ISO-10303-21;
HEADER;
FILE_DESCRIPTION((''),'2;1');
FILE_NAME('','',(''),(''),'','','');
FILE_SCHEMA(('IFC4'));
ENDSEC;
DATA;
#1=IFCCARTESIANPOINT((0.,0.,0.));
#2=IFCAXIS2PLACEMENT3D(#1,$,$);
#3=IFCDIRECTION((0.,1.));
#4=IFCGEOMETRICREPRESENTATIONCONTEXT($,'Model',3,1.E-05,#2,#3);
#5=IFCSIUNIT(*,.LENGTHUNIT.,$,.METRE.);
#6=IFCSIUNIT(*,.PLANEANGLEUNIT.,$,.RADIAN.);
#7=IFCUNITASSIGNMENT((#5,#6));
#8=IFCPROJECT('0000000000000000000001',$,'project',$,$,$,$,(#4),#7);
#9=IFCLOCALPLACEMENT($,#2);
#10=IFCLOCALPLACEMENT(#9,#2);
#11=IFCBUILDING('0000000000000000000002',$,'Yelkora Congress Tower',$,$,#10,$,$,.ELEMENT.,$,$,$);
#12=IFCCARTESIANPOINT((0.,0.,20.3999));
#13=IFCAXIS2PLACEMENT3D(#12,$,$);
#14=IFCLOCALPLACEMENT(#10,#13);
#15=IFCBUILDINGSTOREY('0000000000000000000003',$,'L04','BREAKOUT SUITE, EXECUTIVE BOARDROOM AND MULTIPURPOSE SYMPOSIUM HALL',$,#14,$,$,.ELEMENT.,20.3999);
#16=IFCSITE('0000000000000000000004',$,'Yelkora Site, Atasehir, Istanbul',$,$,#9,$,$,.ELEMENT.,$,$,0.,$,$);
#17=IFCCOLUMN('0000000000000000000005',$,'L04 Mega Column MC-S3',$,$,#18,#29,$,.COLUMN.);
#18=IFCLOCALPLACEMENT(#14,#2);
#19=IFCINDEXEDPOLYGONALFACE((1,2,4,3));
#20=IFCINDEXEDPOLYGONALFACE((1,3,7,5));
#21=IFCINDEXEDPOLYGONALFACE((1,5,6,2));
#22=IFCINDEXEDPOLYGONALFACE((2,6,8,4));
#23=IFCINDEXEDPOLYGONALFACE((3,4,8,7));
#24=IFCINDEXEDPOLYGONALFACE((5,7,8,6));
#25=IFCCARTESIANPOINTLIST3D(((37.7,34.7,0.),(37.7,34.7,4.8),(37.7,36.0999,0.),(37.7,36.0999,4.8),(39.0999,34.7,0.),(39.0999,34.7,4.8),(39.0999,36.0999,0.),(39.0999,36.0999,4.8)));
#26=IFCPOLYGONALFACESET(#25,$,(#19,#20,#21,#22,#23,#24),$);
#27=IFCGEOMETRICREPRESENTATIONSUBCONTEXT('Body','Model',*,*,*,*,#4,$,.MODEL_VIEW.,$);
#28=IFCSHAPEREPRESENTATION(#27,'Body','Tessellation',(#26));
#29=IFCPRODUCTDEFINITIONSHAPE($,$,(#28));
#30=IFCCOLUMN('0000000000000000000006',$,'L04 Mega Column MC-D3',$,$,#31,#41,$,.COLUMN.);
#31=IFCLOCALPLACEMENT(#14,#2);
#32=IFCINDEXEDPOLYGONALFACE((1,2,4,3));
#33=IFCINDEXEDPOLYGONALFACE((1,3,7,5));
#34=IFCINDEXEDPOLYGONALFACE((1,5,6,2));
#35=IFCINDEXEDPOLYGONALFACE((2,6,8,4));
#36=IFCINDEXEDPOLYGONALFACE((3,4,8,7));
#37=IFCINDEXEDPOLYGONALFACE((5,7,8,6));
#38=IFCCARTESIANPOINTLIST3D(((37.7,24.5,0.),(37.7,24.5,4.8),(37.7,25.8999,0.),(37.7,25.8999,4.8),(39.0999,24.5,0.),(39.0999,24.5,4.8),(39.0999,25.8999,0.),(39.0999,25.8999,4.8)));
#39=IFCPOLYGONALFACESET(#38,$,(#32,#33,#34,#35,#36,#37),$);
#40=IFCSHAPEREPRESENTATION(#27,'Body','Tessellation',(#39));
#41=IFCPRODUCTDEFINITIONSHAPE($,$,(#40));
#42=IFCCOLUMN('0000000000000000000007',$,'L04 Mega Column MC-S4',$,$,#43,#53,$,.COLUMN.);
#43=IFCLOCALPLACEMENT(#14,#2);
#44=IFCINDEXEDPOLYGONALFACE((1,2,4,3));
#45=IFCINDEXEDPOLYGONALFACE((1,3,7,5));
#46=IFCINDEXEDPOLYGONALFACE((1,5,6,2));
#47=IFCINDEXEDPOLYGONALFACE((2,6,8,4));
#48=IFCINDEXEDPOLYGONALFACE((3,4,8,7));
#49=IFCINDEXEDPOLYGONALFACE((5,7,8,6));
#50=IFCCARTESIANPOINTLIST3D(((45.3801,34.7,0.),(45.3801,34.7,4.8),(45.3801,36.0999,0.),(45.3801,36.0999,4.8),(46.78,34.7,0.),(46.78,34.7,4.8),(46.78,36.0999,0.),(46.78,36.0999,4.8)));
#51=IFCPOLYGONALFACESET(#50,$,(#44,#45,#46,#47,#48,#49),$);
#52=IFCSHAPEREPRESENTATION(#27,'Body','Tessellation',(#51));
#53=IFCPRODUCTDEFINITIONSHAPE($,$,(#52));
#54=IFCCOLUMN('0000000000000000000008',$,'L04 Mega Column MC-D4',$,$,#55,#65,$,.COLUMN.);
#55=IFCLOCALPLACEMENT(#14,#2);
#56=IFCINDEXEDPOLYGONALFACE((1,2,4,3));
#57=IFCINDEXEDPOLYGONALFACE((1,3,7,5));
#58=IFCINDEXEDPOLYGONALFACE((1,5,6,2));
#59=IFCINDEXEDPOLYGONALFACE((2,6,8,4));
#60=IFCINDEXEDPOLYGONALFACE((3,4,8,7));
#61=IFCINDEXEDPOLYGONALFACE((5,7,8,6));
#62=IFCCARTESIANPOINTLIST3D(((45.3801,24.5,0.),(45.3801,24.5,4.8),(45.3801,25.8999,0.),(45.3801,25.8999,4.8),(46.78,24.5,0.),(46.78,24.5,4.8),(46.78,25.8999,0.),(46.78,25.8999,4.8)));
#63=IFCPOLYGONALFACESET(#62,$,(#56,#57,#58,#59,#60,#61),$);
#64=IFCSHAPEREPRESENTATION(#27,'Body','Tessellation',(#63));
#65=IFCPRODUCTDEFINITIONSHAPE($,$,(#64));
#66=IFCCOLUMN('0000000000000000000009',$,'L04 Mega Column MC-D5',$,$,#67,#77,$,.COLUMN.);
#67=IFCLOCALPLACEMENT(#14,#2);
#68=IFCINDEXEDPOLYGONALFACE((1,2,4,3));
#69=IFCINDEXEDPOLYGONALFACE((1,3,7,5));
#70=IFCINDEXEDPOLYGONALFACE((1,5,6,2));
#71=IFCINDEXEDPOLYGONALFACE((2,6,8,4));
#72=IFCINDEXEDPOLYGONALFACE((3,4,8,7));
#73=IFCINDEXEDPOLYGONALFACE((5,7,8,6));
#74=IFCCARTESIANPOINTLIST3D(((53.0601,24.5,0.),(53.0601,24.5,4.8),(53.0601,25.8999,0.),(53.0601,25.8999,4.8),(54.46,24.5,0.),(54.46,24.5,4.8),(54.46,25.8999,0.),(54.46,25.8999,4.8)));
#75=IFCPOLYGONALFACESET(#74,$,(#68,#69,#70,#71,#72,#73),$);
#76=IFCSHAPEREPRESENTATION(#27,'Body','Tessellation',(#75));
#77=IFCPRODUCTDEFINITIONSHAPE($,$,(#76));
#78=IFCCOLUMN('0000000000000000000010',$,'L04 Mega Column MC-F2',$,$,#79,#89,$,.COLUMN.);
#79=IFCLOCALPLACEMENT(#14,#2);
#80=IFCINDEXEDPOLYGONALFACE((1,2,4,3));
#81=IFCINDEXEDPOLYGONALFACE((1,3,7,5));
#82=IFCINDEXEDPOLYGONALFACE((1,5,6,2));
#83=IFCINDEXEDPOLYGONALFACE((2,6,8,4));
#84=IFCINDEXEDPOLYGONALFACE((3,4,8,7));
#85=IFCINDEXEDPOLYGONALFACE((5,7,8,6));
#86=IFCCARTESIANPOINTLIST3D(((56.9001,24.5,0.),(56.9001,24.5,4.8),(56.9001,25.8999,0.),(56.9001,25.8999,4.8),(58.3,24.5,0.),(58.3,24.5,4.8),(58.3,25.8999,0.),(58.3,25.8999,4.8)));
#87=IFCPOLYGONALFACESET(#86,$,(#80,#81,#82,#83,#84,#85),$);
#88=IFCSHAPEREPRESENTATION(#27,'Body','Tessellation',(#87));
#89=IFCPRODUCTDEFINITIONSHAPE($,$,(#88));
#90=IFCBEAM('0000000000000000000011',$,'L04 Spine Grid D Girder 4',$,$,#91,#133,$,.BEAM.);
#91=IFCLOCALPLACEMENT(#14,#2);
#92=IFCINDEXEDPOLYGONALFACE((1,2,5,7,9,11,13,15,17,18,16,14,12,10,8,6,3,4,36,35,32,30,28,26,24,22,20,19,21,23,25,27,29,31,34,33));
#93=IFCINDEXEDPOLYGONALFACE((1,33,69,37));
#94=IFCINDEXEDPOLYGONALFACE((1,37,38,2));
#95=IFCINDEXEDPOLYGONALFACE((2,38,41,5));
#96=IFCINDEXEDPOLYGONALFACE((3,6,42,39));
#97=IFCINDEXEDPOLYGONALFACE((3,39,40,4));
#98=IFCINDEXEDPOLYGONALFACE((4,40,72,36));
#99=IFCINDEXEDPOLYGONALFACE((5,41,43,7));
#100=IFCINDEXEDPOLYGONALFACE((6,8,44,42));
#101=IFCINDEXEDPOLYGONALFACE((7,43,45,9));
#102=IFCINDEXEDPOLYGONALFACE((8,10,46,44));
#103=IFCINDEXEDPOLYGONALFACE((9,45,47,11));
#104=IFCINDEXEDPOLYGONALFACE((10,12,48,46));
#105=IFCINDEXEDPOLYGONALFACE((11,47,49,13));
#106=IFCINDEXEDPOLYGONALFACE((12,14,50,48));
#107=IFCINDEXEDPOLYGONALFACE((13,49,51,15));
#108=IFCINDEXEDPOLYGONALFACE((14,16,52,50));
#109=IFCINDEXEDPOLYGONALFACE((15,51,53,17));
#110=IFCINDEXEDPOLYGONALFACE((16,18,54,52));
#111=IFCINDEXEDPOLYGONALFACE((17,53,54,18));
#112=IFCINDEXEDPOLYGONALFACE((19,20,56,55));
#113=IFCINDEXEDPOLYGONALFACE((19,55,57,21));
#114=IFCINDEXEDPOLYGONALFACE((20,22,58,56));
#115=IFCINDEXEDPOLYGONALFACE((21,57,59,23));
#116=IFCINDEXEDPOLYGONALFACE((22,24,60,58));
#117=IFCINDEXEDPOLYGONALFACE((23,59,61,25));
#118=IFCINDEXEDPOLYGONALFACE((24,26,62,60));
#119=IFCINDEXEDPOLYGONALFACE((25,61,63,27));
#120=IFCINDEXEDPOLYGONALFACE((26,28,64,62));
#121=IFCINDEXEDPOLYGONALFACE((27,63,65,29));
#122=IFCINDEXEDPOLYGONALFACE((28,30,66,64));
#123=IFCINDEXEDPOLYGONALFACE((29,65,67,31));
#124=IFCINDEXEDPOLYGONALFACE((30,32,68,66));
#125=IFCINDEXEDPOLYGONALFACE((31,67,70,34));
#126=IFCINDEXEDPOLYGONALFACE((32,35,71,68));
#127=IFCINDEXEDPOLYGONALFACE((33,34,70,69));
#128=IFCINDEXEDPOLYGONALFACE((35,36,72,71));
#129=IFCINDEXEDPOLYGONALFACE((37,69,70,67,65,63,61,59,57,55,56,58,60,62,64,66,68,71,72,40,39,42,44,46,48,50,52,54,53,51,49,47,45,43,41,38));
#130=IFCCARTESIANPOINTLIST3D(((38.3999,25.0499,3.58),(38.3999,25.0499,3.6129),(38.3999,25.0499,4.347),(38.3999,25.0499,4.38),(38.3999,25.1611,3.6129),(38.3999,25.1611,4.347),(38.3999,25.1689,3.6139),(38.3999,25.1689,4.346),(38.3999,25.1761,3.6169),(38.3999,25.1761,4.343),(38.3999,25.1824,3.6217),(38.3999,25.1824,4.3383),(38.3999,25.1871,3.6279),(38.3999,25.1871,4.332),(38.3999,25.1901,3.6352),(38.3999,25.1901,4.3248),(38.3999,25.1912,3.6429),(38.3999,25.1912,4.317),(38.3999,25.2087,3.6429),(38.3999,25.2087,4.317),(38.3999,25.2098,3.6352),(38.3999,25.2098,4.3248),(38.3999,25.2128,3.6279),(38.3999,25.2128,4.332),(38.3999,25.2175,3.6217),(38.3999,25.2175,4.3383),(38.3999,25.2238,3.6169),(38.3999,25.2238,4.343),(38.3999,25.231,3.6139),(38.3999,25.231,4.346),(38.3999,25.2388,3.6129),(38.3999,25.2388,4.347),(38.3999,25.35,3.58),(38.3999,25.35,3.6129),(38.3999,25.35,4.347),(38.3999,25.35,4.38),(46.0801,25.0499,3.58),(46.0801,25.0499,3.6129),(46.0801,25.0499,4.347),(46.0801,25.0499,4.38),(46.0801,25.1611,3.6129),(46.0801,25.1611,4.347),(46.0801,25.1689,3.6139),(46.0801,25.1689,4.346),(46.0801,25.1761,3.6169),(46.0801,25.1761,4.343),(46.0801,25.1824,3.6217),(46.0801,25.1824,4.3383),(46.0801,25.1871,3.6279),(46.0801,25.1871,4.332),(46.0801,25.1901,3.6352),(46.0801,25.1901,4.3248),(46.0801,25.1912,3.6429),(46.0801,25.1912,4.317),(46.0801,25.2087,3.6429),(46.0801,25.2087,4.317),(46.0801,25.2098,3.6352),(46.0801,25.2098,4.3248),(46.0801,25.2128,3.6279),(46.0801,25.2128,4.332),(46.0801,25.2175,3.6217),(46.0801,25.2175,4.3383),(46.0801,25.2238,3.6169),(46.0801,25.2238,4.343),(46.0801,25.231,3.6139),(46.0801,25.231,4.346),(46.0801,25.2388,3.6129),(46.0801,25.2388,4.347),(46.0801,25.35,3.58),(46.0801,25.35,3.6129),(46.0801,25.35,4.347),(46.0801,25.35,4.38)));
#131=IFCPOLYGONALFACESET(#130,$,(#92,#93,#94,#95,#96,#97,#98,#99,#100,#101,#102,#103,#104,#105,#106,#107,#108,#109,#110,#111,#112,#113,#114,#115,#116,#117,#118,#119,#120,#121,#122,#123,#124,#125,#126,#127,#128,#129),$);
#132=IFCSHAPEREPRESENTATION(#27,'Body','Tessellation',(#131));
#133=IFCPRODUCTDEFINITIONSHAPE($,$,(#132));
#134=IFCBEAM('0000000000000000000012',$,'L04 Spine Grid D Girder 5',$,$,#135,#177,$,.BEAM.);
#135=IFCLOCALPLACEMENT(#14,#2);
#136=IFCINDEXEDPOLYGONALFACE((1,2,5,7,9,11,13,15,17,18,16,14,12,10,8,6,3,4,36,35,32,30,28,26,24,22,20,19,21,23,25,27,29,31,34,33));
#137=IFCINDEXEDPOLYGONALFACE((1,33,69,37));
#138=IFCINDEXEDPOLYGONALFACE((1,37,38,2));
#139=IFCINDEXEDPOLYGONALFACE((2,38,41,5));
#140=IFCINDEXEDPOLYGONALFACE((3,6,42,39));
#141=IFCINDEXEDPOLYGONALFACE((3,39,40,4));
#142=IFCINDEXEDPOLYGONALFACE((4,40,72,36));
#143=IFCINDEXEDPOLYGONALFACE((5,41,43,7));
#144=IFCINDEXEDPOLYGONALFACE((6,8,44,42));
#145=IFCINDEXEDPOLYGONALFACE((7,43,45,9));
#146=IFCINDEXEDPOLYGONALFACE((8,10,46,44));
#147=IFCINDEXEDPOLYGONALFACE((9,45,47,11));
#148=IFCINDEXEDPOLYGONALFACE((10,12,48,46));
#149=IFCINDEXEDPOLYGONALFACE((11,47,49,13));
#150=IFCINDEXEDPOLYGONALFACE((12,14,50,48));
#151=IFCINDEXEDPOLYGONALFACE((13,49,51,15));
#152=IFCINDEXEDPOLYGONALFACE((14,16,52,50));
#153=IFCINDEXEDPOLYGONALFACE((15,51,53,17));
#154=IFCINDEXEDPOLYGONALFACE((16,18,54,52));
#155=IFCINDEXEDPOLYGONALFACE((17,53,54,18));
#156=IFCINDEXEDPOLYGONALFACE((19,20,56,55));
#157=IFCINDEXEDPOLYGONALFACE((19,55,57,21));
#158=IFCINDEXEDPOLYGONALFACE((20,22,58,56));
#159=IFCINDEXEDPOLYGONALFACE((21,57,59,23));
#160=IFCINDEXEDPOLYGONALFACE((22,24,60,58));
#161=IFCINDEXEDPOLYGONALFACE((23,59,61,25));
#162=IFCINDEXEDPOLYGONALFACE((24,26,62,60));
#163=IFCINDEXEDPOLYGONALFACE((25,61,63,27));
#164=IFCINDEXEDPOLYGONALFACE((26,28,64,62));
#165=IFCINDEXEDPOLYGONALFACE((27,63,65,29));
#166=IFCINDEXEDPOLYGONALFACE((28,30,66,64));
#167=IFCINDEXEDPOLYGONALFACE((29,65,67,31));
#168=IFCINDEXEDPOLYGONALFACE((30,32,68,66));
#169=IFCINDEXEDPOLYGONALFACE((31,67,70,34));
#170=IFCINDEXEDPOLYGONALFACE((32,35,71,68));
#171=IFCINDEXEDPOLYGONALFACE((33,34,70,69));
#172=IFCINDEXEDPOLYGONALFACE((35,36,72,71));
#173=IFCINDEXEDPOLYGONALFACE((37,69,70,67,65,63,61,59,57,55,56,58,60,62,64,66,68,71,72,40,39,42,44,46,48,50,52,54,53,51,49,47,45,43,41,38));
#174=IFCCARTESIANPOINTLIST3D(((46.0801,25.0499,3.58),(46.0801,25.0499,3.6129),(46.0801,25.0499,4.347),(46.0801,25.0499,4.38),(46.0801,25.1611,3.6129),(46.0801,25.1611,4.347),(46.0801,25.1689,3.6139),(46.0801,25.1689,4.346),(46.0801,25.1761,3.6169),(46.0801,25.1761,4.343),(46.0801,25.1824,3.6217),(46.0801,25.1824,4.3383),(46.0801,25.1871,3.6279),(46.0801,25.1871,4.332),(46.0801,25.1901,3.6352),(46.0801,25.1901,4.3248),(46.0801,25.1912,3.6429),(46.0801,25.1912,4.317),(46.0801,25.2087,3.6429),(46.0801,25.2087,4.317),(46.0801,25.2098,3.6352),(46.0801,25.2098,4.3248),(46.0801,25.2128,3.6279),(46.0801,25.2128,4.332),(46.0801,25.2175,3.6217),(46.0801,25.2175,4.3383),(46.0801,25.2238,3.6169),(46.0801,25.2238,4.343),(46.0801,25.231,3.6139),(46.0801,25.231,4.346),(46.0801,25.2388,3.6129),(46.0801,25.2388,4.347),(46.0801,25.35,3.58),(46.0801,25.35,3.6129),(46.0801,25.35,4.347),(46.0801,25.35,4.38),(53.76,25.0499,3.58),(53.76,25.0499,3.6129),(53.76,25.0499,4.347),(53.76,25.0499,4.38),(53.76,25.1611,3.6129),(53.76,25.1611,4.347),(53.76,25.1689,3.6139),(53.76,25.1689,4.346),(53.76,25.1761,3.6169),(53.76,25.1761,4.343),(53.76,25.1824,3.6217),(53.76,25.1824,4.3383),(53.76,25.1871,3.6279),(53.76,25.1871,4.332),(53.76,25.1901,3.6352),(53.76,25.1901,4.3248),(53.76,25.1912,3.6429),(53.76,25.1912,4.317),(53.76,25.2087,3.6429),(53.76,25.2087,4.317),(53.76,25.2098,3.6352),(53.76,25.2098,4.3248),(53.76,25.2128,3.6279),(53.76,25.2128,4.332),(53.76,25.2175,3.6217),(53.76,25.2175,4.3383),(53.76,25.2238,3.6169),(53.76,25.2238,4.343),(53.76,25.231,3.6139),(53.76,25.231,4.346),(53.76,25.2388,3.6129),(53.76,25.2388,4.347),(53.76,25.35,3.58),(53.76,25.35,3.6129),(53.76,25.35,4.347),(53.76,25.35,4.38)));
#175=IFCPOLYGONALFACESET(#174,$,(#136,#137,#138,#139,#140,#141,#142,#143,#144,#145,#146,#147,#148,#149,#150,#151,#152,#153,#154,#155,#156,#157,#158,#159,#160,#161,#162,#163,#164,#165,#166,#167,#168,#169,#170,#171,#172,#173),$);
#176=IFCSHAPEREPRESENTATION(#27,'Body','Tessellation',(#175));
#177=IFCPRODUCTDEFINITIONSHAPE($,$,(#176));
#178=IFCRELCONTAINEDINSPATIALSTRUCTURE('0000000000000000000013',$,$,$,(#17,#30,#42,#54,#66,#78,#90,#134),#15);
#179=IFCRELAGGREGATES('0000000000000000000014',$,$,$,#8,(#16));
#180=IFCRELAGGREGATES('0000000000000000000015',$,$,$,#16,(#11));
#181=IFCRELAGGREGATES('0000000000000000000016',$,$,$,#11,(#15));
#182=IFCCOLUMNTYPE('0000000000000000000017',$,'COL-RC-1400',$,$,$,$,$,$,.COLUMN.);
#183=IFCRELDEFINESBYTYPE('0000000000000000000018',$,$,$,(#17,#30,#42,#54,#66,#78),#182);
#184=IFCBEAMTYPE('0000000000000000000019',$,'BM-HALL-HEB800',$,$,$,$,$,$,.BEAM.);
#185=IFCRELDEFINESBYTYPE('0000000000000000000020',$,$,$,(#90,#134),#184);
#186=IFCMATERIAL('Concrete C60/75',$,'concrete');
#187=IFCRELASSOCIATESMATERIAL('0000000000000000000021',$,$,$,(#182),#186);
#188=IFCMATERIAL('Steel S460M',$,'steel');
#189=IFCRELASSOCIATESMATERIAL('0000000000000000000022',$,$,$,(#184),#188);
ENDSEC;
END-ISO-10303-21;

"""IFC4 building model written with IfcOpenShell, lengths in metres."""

from ifc_helpers import new_model, si_unit, direction, frame, origin, origin_2d, place, context, subcontext, project, spatial, rectangle, i_section, extrude, material, material_profile, profile_set, type_object, element, save


model = new_model("IFC4")

# Units and contexts
model_context = context("Model", 3, precision=1e-05, world=origin(), true_north=direction((0.0, 1.0)))
body_context = subcontext(model_context, "Body", "Model", "MODEL_VIEW")
ifc_project = project(units=[si_unit("LENGTHUNIT", "METRE"), si_unit("PLANEANGLEUNIT", "RADIAN")], contexts=[model_context])

# Site, building, storey
site_placement = place(None, origin())
site = spatial("IfcSite", under=ifc_project, at=site_placement, Name="Yelkora Site, Atasehir, Istanbul", CompositionType="ELEMENT", RefElevation=0.0)
building_placement = place(site_placement, origin())
building = spatial("IfcBuilding", under=site, at=building_placement, Name="Yelkora Congress Tower", CompositionType="ELEMENT")
storey_placement = place(building_placement, frame((0.0, 0.0, 20.3999)))
storey = spatial("IfcBuildingStorey", under=building, at=storey_placement, Name="L04", Description="BREAKOUT SUITE, EXECUTIVE BOARDROOM AND MULTIPURPOSE SYMPOSIUM HALL", CompositionType="ELEMENT", Elevation=20.3999)

# Columns
ifc_material_1 = material(Name="Concrete C60/75", Category="concrete")
ifc_material_profile_1 = material_profile(ifc_material_1, rectangle(XDim=1.3999, YDim=1.3999, at=origin_2d()), Name="RC 1400x1400")
ifc_profile_set_1 = profile_set([ifc_material_profile_1], Name="Concrete C60/75")
column_type = type_object("IfcColumnType", Name="COL-RC-1400", PredefinedType="COLUMN", material=ifc_profile_set_1)
for number, where, z_axis, x_axis, name in (
    (1, (38.3999, 35.3999, 0.0), (0.0, 0.0, 1.0), (1.0, 0.0, 0.0), "L04 Mega Column MC-S3"),
    (2, (38.3999, 25.2, 0.0), (0.0, 0.0, 1.0), (1.0, 0.0, 0.0), "L04 Mega Column MC-D3"),
    (3, (46.0801, 35.3999, 0.0), (0.0, 0.0, 1.0), (1.0, 0.0, 0.0), "L04 Mega Column MC-S4"),
    (4, (46.0801, 25.2, 0.0), (0.0, 0.0, 1.0), (1.0, 0.0, 0.0), "L04 Mega Column MC-D4"),
    (5, (53.76, 25.2, 0.0), (0.0, 0.0, 1.0), (1.0, 0.0, 0.0), "L04 Mega Column MC-D5"),
    (6, (57.6001, 25.2, 0.0), (0.0, 0.0, 1.0), (1.0, 0.0, 0.0), "L04 Mega Column MC-F2"),
):
    element("IfcColumn", number, at=place(storey_placement, frame(where, z_axis=z_axis, x_axis=x_axis)), inside=storey, type_object=column_type, Name=name, PredefinedType="COLUMN", context=body_context, shape_type="SweptSolid", body=[
        extrude(rectangle(XDim=1.3999, YDim=1.3999, at=origin_2d()), origin(), (0.0, 0.0, 1.0), 4.8),
    ])

# Beams
ifc_material_2 = material(Name="Steel S460M", Category="steel")
ifc_material_profile_2 = material_profile(ifc_material_2, i_section(OverallWidth=0.3, OverallDepth=0.8, WebThickness=0.0176, FlangeThickness=0.033, FilletRadius=0.03, at=origin_2d()), Name="HEB 800")
ifc_profile_set_2 = profile_set([ifc_material_profile_2], Name="Steel S460M")
beam_type_1 = type_object("IfcBeamType", Name="BM-HALL-HEB800", PredefinedType="BEAM", material=ifc_profile_set_2)
beam_1_placement = place(storey_placement, frame((38.3999, 25.2, 3.98), z_axis=(1.0, 0.0, 0.0), x_axis=(0.0, 1.0, 0.0)))
element("IfcBeam", 7, at=beam_1_placement, inside=storey, type_object=beam_type_1, Name="L04 Spine Grid D Girder 4", PredefinedType="BEAM", context=body_context, shape_type="SweptSolid", body=[
    extrude(i_section(OverallWidth=0.3, OverallDepth=0.8, WebThickness=0.0176, FlangeThickness=0.033, FilletRadius=0.03, at=origin_2d()), origin(), (0.0, 0.0, 1.0), 7.6802),
])
beam_2_placement = place(storey_placement, frame((46.0801, 25.2, 3.98), z_axis=(1.0, 0.0, 0.0), x_axis=(0.0, 1.0, 0.0)))
element("IfcBeam", 8, at=beam_2_placement, inside=storey, type_object=beam_type_1, Name="L04 Spine Grid D Girder 5", PredefinedType="BEAM", context=body_context, shape_type="SweptSolid", body=[
    extrude(i_section(OverallWidth=0.3, OverallDepth=0.8, WebThickness=0.0176, FlangeThickness=0.033, FilletRadius=0.03, at=origin_2d()), origin(), (0.0, 0.0, 1.0), 7.6799),
])

save(model, "model.ifc")
